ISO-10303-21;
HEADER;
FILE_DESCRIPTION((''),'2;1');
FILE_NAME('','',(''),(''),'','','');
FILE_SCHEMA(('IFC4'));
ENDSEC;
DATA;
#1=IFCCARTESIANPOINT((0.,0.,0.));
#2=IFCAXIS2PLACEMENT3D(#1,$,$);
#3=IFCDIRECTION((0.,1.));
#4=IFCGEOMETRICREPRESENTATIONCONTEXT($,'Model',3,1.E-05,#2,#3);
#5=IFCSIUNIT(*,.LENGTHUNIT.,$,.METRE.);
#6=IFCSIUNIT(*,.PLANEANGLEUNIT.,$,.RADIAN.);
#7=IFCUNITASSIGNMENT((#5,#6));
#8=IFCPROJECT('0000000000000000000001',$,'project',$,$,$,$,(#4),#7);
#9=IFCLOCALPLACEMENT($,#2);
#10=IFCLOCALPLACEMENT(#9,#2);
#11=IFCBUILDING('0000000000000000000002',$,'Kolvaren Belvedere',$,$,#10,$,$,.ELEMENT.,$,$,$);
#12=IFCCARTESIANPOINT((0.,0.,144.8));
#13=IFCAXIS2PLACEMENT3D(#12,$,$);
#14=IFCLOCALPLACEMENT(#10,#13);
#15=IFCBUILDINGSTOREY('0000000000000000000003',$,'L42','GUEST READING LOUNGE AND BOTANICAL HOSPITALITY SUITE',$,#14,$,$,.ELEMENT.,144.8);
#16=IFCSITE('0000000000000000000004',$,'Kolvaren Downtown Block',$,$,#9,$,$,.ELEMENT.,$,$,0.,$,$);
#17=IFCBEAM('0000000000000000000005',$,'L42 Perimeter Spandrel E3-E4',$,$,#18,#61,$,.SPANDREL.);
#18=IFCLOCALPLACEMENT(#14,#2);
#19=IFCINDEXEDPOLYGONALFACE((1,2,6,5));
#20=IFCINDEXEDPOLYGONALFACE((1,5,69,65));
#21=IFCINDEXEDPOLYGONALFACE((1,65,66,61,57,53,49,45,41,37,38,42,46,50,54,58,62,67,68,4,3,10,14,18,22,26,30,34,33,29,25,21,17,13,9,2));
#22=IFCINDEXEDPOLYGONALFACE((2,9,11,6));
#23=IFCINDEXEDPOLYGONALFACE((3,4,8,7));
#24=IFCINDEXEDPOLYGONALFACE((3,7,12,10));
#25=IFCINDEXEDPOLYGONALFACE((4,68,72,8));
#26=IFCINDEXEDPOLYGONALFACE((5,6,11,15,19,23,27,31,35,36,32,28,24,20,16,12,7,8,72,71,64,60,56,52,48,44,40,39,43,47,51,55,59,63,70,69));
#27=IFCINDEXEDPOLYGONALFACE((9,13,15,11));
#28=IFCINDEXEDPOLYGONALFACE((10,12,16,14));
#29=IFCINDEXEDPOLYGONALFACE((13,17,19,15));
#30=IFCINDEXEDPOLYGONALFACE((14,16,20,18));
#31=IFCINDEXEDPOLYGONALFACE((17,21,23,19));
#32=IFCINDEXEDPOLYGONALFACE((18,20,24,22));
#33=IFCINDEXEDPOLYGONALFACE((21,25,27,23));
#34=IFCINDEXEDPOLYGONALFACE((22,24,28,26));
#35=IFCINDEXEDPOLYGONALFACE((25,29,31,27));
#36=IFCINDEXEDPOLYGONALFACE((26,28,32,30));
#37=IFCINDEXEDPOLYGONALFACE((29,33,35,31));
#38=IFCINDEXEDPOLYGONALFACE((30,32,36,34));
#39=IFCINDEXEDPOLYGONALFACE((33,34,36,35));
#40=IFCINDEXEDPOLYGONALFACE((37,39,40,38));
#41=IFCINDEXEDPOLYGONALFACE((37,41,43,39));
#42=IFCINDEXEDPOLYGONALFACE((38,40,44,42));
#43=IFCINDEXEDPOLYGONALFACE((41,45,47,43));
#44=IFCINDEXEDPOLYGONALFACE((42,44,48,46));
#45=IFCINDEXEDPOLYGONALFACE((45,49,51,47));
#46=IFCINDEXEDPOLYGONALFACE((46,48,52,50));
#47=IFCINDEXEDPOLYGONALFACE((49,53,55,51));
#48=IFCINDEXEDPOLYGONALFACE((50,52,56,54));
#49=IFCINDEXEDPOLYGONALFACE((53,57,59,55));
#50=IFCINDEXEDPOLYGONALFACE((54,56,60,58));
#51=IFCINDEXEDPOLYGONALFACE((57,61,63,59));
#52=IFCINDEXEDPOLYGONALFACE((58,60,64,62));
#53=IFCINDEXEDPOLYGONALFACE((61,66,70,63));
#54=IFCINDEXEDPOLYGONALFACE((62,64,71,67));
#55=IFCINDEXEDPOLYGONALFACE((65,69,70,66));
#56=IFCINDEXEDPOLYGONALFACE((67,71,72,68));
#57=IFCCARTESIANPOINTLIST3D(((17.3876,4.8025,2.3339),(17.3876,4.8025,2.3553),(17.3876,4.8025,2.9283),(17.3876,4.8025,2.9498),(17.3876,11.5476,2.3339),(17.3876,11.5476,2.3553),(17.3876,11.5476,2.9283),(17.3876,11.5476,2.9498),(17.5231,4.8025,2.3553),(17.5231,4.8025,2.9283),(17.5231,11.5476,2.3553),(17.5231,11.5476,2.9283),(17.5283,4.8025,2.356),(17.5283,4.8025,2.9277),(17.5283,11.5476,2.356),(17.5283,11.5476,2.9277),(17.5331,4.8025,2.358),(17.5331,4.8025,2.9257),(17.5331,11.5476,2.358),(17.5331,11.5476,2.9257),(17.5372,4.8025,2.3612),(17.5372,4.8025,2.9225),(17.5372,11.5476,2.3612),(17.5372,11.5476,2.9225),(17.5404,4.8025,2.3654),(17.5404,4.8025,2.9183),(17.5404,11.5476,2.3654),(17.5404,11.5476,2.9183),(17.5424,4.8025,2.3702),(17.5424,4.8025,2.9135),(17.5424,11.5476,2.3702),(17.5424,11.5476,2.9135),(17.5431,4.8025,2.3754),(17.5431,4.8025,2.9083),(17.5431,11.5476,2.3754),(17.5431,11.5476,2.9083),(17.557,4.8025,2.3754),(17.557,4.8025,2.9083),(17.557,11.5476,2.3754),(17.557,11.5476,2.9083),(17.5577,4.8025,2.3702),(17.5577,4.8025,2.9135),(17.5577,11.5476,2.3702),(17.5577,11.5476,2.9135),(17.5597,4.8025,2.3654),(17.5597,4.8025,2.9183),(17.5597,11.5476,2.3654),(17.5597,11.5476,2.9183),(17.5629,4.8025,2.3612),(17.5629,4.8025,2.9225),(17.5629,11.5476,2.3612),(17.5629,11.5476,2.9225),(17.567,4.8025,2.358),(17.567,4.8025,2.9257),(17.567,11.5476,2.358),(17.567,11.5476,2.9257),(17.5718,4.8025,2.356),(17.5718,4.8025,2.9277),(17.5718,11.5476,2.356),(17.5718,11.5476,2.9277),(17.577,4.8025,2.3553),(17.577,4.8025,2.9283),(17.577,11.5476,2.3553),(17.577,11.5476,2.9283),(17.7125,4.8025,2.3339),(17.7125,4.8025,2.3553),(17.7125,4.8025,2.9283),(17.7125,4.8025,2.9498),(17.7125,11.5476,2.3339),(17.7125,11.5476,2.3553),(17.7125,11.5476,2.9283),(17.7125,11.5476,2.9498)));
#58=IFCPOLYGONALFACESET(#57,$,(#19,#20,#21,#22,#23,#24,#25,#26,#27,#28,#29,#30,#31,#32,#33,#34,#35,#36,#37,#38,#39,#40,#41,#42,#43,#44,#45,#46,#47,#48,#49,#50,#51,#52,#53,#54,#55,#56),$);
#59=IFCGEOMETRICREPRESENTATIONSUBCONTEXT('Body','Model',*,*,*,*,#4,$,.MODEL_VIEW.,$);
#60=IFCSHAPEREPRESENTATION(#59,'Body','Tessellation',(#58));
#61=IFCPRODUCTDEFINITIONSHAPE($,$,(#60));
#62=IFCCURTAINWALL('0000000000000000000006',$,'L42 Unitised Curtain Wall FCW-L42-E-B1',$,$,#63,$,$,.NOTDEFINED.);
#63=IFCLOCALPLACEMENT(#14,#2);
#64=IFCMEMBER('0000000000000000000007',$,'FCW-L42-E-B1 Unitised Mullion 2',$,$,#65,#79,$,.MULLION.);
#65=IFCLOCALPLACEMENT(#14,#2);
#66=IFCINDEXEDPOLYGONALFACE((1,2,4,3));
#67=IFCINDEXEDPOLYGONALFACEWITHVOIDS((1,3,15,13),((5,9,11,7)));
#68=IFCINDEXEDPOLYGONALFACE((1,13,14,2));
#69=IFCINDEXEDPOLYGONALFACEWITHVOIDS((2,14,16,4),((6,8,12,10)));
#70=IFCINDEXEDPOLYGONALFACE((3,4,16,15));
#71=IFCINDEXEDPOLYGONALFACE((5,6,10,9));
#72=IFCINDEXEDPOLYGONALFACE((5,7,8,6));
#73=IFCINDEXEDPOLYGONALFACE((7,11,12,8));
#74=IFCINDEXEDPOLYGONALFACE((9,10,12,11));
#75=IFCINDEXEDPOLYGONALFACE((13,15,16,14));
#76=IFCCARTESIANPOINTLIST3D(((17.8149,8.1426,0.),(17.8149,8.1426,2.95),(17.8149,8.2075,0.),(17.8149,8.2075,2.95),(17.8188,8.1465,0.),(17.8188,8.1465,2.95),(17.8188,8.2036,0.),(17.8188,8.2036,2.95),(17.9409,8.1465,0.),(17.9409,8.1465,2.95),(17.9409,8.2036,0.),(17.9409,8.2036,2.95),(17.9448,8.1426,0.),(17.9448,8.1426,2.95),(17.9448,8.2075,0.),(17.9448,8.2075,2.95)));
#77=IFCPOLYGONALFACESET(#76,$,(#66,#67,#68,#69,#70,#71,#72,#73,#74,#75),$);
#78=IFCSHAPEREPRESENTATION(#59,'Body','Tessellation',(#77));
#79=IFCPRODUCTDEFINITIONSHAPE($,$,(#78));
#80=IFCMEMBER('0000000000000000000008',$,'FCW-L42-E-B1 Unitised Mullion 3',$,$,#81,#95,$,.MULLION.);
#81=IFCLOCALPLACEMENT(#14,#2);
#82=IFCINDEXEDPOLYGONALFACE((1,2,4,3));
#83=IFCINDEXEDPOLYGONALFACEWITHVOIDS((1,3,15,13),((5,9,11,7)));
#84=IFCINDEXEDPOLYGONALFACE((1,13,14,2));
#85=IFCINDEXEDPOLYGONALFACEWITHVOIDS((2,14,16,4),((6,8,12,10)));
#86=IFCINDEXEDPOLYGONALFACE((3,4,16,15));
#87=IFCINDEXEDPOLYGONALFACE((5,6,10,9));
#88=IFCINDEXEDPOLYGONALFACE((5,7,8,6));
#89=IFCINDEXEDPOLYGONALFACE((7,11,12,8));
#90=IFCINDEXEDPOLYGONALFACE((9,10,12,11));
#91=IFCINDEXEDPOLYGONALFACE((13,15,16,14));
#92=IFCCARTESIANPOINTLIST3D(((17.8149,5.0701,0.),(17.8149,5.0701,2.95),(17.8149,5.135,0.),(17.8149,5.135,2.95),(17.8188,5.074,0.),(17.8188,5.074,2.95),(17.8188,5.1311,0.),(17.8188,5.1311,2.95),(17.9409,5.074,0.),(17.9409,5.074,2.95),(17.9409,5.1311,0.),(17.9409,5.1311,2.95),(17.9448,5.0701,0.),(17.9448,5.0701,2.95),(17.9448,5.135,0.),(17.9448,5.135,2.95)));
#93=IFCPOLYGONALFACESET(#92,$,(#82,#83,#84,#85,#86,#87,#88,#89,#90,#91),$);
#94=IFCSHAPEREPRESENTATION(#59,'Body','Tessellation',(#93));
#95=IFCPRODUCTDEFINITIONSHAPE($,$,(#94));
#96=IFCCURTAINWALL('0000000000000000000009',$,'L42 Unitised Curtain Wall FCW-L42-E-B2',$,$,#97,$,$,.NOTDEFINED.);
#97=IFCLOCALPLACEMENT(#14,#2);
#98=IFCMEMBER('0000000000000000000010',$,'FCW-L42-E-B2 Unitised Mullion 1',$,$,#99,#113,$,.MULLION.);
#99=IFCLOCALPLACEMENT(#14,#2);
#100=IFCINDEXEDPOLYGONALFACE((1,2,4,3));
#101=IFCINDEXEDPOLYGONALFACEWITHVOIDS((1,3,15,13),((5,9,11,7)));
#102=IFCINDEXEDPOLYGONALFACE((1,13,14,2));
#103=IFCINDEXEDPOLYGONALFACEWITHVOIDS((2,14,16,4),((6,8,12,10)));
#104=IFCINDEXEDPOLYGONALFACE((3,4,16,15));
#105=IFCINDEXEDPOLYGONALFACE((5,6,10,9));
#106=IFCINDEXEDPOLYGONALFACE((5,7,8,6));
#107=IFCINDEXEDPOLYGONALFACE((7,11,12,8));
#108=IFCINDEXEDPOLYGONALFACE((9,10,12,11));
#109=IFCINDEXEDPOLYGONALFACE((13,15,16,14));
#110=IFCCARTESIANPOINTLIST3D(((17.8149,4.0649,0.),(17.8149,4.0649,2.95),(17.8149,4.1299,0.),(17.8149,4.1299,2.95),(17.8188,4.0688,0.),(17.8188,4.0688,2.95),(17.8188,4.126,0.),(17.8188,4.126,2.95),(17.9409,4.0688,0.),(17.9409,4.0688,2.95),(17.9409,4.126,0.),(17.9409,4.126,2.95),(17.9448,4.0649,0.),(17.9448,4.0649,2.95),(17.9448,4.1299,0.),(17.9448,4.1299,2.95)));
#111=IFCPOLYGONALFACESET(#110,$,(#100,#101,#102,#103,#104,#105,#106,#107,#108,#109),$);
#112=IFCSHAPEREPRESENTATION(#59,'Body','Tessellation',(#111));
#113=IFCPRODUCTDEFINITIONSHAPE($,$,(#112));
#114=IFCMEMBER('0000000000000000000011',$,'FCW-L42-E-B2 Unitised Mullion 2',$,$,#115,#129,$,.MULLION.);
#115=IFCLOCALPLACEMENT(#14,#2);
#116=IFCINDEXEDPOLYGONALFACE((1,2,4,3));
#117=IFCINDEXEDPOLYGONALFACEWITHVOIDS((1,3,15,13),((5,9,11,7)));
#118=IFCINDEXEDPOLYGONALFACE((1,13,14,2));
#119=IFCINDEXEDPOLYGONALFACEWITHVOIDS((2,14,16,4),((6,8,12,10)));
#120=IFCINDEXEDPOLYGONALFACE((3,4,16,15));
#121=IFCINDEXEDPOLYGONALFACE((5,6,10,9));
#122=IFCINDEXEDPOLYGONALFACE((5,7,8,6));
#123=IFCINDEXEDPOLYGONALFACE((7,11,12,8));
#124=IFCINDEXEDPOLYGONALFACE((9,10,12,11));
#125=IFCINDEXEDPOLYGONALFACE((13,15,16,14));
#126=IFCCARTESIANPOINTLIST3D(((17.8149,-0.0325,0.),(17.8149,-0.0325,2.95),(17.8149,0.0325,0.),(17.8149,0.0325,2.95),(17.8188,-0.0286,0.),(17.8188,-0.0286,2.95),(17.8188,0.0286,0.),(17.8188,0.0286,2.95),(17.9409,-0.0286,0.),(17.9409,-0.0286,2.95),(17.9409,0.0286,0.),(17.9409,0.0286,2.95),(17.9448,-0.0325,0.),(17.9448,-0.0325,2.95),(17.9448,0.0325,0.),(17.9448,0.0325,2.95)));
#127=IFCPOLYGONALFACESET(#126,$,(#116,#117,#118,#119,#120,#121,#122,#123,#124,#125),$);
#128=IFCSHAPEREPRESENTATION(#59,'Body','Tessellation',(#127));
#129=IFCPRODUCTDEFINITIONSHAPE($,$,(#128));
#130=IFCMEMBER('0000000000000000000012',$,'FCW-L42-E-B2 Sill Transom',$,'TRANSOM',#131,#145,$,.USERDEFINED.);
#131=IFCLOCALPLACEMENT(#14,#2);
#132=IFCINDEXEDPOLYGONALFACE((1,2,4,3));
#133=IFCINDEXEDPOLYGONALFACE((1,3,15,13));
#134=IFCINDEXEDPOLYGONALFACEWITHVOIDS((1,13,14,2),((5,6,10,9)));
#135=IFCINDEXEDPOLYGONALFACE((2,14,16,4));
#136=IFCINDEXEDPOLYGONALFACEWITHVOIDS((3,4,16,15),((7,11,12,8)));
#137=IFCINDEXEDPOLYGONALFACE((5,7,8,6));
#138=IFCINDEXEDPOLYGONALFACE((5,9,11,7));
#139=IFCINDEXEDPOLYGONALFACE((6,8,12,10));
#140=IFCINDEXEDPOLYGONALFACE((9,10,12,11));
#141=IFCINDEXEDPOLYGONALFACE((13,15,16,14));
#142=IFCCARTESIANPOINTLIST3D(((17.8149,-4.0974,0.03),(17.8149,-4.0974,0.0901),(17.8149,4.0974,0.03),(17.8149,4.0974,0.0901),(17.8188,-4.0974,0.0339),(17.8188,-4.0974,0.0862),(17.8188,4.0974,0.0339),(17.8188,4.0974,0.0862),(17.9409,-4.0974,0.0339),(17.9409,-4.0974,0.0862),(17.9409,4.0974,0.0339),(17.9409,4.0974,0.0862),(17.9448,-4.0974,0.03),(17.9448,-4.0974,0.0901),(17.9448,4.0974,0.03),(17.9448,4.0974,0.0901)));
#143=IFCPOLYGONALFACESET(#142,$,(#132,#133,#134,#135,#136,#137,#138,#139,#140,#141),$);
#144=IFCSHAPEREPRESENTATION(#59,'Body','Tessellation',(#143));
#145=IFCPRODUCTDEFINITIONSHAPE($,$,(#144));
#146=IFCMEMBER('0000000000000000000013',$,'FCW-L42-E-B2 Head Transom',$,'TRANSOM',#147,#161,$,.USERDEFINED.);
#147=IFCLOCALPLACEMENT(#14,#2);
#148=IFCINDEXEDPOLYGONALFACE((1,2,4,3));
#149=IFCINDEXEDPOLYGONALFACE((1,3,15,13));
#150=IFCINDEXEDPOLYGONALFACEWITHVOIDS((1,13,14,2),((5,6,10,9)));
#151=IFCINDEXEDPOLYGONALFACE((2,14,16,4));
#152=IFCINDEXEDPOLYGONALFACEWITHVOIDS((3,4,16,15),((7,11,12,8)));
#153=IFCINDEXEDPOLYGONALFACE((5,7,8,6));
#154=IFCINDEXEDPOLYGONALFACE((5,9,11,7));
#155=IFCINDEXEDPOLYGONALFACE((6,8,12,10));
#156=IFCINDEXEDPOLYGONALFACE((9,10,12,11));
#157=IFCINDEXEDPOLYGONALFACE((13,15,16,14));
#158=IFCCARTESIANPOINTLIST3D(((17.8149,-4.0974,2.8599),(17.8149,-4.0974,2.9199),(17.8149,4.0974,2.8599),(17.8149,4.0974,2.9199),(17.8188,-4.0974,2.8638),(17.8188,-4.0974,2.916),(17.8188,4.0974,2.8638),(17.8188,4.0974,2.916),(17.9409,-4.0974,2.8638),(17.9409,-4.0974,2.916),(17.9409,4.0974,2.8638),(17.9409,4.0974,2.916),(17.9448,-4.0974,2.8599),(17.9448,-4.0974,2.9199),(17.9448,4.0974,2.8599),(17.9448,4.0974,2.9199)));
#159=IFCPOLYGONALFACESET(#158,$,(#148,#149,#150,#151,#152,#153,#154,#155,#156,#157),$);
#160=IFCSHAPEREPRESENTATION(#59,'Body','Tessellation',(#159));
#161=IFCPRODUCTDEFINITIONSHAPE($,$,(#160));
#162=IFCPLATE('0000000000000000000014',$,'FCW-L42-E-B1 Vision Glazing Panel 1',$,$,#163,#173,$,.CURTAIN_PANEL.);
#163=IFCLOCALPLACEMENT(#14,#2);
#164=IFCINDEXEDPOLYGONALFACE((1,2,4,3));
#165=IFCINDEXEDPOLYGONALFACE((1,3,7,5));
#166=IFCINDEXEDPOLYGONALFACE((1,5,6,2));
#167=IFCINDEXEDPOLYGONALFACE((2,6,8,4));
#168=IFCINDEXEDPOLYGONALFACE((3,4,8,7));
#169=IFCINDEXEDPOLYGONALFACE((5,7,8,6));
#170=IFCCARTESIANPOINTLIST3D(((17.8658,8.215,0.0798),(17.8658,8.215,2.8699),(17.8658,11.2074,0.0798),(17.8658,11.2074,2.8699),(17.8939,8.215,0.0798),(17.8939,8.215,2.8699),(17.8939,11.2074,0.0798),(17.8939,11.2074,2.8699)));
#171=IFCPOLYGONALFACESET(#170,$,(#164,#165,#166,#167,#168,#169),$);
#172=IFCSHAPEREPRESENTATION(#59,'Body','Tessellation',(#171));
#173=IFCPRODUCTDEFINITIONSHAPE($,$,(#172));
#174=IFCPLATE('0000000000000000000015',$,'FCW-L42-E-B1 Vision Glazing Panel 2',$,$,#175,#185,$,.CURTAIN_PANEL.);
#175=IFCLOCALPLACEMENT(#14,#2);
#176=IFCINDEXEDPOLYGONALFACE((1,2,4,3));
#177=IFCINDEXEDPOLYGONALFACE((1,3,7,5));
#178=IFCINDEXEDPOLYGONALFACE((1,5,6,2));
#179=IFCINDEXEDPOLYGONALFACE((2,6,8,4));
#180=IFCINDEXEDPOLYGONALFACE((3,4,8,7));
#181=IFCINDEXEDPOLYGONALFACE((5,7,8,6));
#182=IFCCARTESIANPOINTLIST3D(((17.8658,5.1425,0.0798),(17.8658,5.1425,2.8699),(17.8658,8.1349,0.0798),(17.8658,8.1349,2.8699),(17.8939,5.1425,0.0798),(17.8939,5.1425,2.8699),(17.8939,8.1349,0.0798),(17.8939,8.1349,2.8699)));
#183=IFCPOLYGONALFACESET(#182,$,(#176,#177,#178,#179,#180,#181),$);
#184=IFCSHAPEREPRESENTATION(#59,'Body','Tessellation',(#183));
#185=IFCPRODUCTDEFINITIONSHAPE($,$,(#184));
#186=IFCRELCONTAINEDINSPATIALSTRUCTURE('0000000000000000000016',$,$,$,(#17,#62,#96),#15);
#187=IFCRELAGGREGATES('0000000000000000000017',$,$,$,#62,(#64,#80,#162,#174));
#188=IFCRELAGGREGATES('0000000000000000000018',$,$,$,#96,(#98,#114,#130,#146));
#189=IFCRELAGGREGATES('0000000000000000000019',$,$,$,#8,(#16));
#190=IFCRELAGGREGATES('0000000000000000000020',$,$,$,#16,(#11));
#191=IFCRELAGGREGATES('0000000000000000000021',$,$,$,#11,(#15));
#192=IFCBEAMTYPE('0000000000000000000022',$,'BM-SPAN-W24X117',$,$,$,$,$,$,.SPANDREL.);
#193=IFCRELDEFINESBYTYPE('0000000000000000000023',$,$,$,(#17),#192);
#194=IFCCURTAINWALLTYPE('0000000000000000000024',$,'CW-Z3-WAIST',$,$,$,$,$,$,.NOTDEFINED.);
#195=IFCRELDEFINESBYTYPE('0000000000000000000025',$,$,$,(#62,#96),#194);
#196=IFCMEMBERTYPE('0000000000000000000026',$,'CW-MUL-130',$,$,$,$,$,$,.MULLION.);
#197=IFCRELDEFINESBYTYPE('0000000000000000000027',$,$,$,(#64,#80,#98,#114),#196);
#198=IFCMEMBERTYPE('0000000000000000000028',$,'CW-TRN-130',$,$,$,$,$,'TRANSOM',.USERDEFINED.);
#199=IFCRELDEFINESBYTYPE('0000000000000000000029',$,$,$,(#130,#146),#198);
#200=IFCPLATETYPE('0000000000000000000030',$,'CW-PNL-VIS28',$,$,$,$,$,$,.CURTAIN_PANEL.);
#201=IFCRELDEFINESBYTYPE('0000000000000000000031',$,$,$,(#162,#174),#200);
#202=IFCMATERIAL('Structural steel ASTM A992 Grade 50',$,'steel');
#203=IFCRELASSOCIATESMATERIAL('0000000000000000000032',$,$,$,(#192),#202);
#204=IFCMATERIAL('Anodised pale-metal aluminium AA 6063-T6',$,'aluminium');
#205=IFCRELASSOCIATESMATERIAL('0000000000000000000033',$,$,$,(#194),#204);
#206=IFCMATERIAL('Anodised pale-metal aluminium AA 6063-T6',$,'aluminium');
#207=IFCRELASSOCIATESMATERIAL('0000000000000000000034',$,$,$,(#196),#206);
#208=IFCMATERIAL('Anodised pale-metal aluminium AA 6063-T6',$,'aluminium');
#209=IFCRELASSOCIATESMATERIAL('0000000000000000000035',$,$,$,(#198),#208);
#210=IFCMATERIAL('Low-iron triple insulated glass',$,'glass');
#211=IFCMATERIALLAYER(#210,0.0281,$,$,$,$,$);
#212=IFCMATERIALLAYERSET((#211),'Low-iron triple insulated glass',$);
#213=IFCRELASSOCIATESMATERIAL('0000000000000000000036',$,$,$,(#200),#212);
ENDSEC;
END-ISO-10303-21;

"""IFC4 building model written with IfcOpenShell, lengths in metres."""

from ifc_helpers import new_model, si_unit, direction, frame, origin, origin_2d, place, context, subcontext, project, spatial, rectangle, hollow_rectangle, i_section, extrude, material, layer, layer_set, material_profile, profile_set, type_object, element, aggregate, save


model = new_model("IFC4")

# Units and contexts
model_context = context("Model", 3, precision=1e-05, world=origin(), true_north=direction((0.0, 1.0)))
body_context = subcontext(model_context, "Body", "Model", "MODEL_VIEW")
ifc_project = project(units=[si_unit("LENGTHUNIT", "METRE"), si_unit("PLANEANGLEUNIT", "RADIAN")], contexts=[model_context])

# Site, building, storey
site_placement = place(None, origin())
site = spatial("IfcSite", under=ifc_project, at=site_placement, Name="Kolvaren Downtown Block", CompositionType="ELEMENT", RefElevation=0.0)
building_placement = place(site_placement, origin())
building = spatial("IfcBuilding", under=site, at=building_placement, Name="Kolvaren Belvedere", CompositionType="ELEMENT")
storey_placement = place(building_placement, frame((0.0, 0.0, 144.8)))
storey = spatial("IfcBuildingStorey", under=building, at=storey_placement, Name="L42", Description="GUEST READING LOUNGE AND BOTANICAL HOSPITALITY SUITE", CompositionType="ELEMENT", Elevation=144.8)

# Beam
ifc_material_1 = material(Name="Structural steel ASTM A992 Grade 50", Category="steel")
ifc_material_profile_1 = material_profile(ifc_material_1, i_section(OverallWidth=0.325, OverallDepth=0.616, WebThickness=0.0139, FlangeThickness=0.0215, FilletRadius=0.02, at=origin_2d()), Name="W24X117")
ifc_profile_set_1 = profile_set([ifc_material_profile_1], Name="Structural steel ASTM A992 Grade 50")
beam_type_1 = type_object("IfcBeamType", Name="BM-SPAN-W24X117", PredefinedType="SPANDREL", material=ifc_profile_set_1)
beam_1_placement = place(storey_placement, frame((17.55, 4.8025, 2.6418), z_axis=(0.0, 1.0, 0.0), x_axis=(-1.0, 0.0, 0.0)))
element("IfcBeam", 1, at=beam_1_placement, inside=storey, type_object=beam_type_1, Name="L42 Perimeter Spandrel E3-E4", PredefinedType="SPANDREL", context=body_context, shape_type="SweptSolid", body=[
    extrude(i_section(OverallWidth=0.325, OverallDepth=0.616, WebThickness=0.0139, FlangeThickness=0.0215, FilletRadius=0.02, at=origin_2d()), origin(), (0.0, 0.0, 1.0), 6.7451),
])

# Curtain walls, members
ifc_material_2 = material(Name="Anodised pale-metal aluminium AA 6063-T6", Category="aluminium")
curtain_wall_type = type_object("IfcCurtainWallType", Name="CW-Z3-WAIST", PredefinedType="NOTDEFINED", material=ifc_material_2)
curtain_wall_1_placement = place(storey_placement, origin())
curtain_wall_1 = element("IfcCurtainWall", 2, at=curtain_wall_1_placement, inside=storey, type_object=curtain_wall_type, Name="L42 Unitised Curtain Wall FCW-L42-E-B1", PredefinedType="NOTDEFINED")
ifc_material_3 = material(Name="Anodised pale-metal aluminium AA 6063-T6", Category="aluminium")
ifc_material_profile_2 = material_profile(ifc_material_3, hollow_rectangle(XDim=0.0649, YDim=0.1299, WallThickness=0.0039, at=origin_2d()), Name="ALU-MUL-130X65")
ifc_profile_set_2 = profile_set([ifc_material_profile_2], Name="Anodised pale-metal aluminium AA 6063-T6")
member_type_1 = type_object("IfcMemberType", Name="CW-MUL-130", PredefinedType="MULLION", material=ifc_profile_set_2)
member_1_placement = place(storey_placement, frame((17.8799, 8.175, 0.0), z_axis=(0.0, 0.0, 1.0), x_axis=(0.0, 1.0, 0.0)))
member_1 = element("IfcMember", 3, at=member_1_placement, type_object=member_type_1, Name="FCW-L42-E-B1 Unitised Mullion 2", PredefinedType="MULLION", context=body_context, shape_type="SweptSolid", body=[
    extrude(hollow_rectangle(XDim=0.0649, YDim=0.1299, WallThickness=0.0039, at=origin_2d()), origin(), (0.0, 0.0, 1.0), 2.95),
])
member_2_placement = place(storey_placement, frame((17.8799, 5.1025, 0.0), z_axis=(0.0, 0.0, 1.0), x_axis=(0.0, 1.0, 0.0)))
member_2 = element("IfcMember", 4, at=member_2_placement, type_object=member_type_1, Name="FCW-L42-E-B1 Unitised Mullion 3", PredefinedType="MULLION", context=body_context, shape_type="SweptSolid", body=[
    extrude(hollow_rectangle(XDim=0.0649, YDim=0.1299, WallThickness=0.0039, at=origin_2d()), origin(), (0.0, 0.0, 1.0), 2.95),
])
curtain_wall_2_placement = place(storey_placement, origin())
curtain_wall_2 = element("IfcCurtainWall", 5, at=curtain_wall_2_placement, inside=storey, type_object=curtain_wall_type, Name="L42 Unitised Curtain Wall FCW-L42-E-B2", PredefinedType="NOTDEFINED")
member_3_placement = place(storey_placement, frame((17.8799, 4.0974, 0.0), z_axis=(0.0, 0.0, 1.0), x_axis=(0.0, 1.0, 0.0)))
member_3 = element("IfcMember", 6, at=member_3_placement, type_object=member_type_1, Name="FCW-L42-E-B2 Unitised Mullion 1", PredefinedType="MULLION", context=body_context, shape_type="SweptSolid", body=[
    extrude(hollow_rectangle(XDim=0.0649, YDim=0.1299, WallThickness=0.0039, at=origin_2d()), origin(), (0.0, 0.0, 1.0), 2.95),
])
member_4_placement = place(storey_placement, frame((17.8799, 0.0, 0.0), z_axis=(0.0, 0.0, 1.0), x_axis=(0.0, 1.0, 0.0)))
member_4 = element("IfcMember", 7, at=member_4_placement, type_object=member_type_1, Name="FCW-L42-E-B2 Unitised Mullion 2", PredefinedType="MULLION", context=body_context, shape_type="SweptSolid", body=[
    extrude(hollow_rectangle(XDim=0.0649, YDim=0.1299, WallThickness=0.0039, at=origin_2d()), origin(), (0.0, 0.0, 1.0), 2.95),
])
ifc_material_4 = material(Name="Anodised pale-metal aluminium AA 6063-T6", Category="aluminium")
ifc_material_profile_3 = material_profile(ifc_material_4, hollow_rectangle(XDim=0.0601, YDim=0.1299, WallThickness=0.0039, at=origin_2d()), Name="ALU-TRN-130X60")
ifc_profile_set_3 = profile_set([ifc_material_profile_3], Name="Anodised pale-metal aluminium AA 6063-T6")
member_type_2 = type_object("IfcMemberType", Name="CW-TRN-130", ElementType="TRANSOM", PredefinedType="USERDEFINED", material=ifc_profile_set_3)
member_5_placement = place(storey_placement, frame((17.8799, 4.0974, 0.0601), z_axis=(0.0, -1.0, 0.0), x_axis=(0.0, 0.0, 1.0)))
member_5 = element("IfcMember", 8, at=member_5_placement, type_object=member_type_2, Name="FCW-L42-E-B2 Sill Transom", ObjectType="TRANSOM", PredefinedType="USERDEFINED", context=body_context, shape_type="SweptSolid", body=[
    extrude(hollow_rectangle(XDim=0.0601, YDim=0.1299, WallThickness=0.0039, at=origin_2d()), origin(), (0.0, 0.0, 1.0), 8.1948),
])
member_6_placement = place(storey_placement, frame((17.8799, 4.0974, 2.8899), z_axis=(0.0, -1.0, 0.0), x_axis=(0.0, 0.0, 1.0)))
member_6 = element("IfcMember", 9, at=member_6_placement, type_object=member_type_2, Name="FCW-L42-E-B2 Head Transom", ObjectType="TRANSOM", PredefinedType="USERDEFINED", context=body_context, shape_type="SweptSolid", body=[
    extrude(hollow_rectangle(XDim=0.0601, YDim=0.1299, WallThickness=0.0039, at=origin_2d()), origin(), (0.0, 0.0, 1.0), 8.1948),
])

# Plates
ifc_material_5 = material(Name="Low-iron triple insulated glass", Category="glass")
ifc_layer_1 = layer(ifc_material_5, 0.0281)
ifc_layer_set_1 = layer_set([ifc_layer_1], Name="Low-iron triple insulated glass")
plate_type_1 = type_object("IfcPlateType", Name="CW-PNL-VIS28", PredefinedType="CURTAIN_PANEL", material=ifc_layer_set_1)
plate_1_placement = place(storey_placement, frame((17.8799, 9.7112, 0.0798), z_axis=(0.0, 0.0, 1.0), x_axis=(0.0, -1.0, 0.0)))
plate_1 = element("IfcPlate", 10, at=plate_1_placement, type_object=plate_type_1, Name="FCW-L42-E-B1 Vision Glazing Panel 1", PredefinedType="CURTAIN_PANEL", context=body_context, shape_type="SweptSolid", body=[
    extrude(rectangle(XDim=2.9924, YDim=0.0281, at=origin_2d()), origin(), (0.0, 0.0, 1.0), 2.79),
])
plate_2_placement = place(storey_placement, frame((17.8799, 6.6387, 0.0798), z_axis=(0.0, 0.0, 1.0), x_axis=(0.0, -1.0, 0.0)))
plate_2 = element("IfcPlate", 11, at=plate_2_placement, type_object=plate_type_1, Name="FCW-L42-E-B1 Vision Glazing Panel 2", PredefinedType="CURTAIN_PANEL", context=body_context, shape_type="SweptSolid", body=[
    extrude(rectangle(XDim=2.9924, YDim=0.0281, at=origin_2d()), origin(), (0.0, 0.0, 1.0), 2.79),
])
aggregate(curtain_wall_1, [member_1, member_2, plate_1, plate_2])
aggregate(curtain_wall_2, [member_3, member_4, member_5, member_6])

save(model, "model.ifc")
